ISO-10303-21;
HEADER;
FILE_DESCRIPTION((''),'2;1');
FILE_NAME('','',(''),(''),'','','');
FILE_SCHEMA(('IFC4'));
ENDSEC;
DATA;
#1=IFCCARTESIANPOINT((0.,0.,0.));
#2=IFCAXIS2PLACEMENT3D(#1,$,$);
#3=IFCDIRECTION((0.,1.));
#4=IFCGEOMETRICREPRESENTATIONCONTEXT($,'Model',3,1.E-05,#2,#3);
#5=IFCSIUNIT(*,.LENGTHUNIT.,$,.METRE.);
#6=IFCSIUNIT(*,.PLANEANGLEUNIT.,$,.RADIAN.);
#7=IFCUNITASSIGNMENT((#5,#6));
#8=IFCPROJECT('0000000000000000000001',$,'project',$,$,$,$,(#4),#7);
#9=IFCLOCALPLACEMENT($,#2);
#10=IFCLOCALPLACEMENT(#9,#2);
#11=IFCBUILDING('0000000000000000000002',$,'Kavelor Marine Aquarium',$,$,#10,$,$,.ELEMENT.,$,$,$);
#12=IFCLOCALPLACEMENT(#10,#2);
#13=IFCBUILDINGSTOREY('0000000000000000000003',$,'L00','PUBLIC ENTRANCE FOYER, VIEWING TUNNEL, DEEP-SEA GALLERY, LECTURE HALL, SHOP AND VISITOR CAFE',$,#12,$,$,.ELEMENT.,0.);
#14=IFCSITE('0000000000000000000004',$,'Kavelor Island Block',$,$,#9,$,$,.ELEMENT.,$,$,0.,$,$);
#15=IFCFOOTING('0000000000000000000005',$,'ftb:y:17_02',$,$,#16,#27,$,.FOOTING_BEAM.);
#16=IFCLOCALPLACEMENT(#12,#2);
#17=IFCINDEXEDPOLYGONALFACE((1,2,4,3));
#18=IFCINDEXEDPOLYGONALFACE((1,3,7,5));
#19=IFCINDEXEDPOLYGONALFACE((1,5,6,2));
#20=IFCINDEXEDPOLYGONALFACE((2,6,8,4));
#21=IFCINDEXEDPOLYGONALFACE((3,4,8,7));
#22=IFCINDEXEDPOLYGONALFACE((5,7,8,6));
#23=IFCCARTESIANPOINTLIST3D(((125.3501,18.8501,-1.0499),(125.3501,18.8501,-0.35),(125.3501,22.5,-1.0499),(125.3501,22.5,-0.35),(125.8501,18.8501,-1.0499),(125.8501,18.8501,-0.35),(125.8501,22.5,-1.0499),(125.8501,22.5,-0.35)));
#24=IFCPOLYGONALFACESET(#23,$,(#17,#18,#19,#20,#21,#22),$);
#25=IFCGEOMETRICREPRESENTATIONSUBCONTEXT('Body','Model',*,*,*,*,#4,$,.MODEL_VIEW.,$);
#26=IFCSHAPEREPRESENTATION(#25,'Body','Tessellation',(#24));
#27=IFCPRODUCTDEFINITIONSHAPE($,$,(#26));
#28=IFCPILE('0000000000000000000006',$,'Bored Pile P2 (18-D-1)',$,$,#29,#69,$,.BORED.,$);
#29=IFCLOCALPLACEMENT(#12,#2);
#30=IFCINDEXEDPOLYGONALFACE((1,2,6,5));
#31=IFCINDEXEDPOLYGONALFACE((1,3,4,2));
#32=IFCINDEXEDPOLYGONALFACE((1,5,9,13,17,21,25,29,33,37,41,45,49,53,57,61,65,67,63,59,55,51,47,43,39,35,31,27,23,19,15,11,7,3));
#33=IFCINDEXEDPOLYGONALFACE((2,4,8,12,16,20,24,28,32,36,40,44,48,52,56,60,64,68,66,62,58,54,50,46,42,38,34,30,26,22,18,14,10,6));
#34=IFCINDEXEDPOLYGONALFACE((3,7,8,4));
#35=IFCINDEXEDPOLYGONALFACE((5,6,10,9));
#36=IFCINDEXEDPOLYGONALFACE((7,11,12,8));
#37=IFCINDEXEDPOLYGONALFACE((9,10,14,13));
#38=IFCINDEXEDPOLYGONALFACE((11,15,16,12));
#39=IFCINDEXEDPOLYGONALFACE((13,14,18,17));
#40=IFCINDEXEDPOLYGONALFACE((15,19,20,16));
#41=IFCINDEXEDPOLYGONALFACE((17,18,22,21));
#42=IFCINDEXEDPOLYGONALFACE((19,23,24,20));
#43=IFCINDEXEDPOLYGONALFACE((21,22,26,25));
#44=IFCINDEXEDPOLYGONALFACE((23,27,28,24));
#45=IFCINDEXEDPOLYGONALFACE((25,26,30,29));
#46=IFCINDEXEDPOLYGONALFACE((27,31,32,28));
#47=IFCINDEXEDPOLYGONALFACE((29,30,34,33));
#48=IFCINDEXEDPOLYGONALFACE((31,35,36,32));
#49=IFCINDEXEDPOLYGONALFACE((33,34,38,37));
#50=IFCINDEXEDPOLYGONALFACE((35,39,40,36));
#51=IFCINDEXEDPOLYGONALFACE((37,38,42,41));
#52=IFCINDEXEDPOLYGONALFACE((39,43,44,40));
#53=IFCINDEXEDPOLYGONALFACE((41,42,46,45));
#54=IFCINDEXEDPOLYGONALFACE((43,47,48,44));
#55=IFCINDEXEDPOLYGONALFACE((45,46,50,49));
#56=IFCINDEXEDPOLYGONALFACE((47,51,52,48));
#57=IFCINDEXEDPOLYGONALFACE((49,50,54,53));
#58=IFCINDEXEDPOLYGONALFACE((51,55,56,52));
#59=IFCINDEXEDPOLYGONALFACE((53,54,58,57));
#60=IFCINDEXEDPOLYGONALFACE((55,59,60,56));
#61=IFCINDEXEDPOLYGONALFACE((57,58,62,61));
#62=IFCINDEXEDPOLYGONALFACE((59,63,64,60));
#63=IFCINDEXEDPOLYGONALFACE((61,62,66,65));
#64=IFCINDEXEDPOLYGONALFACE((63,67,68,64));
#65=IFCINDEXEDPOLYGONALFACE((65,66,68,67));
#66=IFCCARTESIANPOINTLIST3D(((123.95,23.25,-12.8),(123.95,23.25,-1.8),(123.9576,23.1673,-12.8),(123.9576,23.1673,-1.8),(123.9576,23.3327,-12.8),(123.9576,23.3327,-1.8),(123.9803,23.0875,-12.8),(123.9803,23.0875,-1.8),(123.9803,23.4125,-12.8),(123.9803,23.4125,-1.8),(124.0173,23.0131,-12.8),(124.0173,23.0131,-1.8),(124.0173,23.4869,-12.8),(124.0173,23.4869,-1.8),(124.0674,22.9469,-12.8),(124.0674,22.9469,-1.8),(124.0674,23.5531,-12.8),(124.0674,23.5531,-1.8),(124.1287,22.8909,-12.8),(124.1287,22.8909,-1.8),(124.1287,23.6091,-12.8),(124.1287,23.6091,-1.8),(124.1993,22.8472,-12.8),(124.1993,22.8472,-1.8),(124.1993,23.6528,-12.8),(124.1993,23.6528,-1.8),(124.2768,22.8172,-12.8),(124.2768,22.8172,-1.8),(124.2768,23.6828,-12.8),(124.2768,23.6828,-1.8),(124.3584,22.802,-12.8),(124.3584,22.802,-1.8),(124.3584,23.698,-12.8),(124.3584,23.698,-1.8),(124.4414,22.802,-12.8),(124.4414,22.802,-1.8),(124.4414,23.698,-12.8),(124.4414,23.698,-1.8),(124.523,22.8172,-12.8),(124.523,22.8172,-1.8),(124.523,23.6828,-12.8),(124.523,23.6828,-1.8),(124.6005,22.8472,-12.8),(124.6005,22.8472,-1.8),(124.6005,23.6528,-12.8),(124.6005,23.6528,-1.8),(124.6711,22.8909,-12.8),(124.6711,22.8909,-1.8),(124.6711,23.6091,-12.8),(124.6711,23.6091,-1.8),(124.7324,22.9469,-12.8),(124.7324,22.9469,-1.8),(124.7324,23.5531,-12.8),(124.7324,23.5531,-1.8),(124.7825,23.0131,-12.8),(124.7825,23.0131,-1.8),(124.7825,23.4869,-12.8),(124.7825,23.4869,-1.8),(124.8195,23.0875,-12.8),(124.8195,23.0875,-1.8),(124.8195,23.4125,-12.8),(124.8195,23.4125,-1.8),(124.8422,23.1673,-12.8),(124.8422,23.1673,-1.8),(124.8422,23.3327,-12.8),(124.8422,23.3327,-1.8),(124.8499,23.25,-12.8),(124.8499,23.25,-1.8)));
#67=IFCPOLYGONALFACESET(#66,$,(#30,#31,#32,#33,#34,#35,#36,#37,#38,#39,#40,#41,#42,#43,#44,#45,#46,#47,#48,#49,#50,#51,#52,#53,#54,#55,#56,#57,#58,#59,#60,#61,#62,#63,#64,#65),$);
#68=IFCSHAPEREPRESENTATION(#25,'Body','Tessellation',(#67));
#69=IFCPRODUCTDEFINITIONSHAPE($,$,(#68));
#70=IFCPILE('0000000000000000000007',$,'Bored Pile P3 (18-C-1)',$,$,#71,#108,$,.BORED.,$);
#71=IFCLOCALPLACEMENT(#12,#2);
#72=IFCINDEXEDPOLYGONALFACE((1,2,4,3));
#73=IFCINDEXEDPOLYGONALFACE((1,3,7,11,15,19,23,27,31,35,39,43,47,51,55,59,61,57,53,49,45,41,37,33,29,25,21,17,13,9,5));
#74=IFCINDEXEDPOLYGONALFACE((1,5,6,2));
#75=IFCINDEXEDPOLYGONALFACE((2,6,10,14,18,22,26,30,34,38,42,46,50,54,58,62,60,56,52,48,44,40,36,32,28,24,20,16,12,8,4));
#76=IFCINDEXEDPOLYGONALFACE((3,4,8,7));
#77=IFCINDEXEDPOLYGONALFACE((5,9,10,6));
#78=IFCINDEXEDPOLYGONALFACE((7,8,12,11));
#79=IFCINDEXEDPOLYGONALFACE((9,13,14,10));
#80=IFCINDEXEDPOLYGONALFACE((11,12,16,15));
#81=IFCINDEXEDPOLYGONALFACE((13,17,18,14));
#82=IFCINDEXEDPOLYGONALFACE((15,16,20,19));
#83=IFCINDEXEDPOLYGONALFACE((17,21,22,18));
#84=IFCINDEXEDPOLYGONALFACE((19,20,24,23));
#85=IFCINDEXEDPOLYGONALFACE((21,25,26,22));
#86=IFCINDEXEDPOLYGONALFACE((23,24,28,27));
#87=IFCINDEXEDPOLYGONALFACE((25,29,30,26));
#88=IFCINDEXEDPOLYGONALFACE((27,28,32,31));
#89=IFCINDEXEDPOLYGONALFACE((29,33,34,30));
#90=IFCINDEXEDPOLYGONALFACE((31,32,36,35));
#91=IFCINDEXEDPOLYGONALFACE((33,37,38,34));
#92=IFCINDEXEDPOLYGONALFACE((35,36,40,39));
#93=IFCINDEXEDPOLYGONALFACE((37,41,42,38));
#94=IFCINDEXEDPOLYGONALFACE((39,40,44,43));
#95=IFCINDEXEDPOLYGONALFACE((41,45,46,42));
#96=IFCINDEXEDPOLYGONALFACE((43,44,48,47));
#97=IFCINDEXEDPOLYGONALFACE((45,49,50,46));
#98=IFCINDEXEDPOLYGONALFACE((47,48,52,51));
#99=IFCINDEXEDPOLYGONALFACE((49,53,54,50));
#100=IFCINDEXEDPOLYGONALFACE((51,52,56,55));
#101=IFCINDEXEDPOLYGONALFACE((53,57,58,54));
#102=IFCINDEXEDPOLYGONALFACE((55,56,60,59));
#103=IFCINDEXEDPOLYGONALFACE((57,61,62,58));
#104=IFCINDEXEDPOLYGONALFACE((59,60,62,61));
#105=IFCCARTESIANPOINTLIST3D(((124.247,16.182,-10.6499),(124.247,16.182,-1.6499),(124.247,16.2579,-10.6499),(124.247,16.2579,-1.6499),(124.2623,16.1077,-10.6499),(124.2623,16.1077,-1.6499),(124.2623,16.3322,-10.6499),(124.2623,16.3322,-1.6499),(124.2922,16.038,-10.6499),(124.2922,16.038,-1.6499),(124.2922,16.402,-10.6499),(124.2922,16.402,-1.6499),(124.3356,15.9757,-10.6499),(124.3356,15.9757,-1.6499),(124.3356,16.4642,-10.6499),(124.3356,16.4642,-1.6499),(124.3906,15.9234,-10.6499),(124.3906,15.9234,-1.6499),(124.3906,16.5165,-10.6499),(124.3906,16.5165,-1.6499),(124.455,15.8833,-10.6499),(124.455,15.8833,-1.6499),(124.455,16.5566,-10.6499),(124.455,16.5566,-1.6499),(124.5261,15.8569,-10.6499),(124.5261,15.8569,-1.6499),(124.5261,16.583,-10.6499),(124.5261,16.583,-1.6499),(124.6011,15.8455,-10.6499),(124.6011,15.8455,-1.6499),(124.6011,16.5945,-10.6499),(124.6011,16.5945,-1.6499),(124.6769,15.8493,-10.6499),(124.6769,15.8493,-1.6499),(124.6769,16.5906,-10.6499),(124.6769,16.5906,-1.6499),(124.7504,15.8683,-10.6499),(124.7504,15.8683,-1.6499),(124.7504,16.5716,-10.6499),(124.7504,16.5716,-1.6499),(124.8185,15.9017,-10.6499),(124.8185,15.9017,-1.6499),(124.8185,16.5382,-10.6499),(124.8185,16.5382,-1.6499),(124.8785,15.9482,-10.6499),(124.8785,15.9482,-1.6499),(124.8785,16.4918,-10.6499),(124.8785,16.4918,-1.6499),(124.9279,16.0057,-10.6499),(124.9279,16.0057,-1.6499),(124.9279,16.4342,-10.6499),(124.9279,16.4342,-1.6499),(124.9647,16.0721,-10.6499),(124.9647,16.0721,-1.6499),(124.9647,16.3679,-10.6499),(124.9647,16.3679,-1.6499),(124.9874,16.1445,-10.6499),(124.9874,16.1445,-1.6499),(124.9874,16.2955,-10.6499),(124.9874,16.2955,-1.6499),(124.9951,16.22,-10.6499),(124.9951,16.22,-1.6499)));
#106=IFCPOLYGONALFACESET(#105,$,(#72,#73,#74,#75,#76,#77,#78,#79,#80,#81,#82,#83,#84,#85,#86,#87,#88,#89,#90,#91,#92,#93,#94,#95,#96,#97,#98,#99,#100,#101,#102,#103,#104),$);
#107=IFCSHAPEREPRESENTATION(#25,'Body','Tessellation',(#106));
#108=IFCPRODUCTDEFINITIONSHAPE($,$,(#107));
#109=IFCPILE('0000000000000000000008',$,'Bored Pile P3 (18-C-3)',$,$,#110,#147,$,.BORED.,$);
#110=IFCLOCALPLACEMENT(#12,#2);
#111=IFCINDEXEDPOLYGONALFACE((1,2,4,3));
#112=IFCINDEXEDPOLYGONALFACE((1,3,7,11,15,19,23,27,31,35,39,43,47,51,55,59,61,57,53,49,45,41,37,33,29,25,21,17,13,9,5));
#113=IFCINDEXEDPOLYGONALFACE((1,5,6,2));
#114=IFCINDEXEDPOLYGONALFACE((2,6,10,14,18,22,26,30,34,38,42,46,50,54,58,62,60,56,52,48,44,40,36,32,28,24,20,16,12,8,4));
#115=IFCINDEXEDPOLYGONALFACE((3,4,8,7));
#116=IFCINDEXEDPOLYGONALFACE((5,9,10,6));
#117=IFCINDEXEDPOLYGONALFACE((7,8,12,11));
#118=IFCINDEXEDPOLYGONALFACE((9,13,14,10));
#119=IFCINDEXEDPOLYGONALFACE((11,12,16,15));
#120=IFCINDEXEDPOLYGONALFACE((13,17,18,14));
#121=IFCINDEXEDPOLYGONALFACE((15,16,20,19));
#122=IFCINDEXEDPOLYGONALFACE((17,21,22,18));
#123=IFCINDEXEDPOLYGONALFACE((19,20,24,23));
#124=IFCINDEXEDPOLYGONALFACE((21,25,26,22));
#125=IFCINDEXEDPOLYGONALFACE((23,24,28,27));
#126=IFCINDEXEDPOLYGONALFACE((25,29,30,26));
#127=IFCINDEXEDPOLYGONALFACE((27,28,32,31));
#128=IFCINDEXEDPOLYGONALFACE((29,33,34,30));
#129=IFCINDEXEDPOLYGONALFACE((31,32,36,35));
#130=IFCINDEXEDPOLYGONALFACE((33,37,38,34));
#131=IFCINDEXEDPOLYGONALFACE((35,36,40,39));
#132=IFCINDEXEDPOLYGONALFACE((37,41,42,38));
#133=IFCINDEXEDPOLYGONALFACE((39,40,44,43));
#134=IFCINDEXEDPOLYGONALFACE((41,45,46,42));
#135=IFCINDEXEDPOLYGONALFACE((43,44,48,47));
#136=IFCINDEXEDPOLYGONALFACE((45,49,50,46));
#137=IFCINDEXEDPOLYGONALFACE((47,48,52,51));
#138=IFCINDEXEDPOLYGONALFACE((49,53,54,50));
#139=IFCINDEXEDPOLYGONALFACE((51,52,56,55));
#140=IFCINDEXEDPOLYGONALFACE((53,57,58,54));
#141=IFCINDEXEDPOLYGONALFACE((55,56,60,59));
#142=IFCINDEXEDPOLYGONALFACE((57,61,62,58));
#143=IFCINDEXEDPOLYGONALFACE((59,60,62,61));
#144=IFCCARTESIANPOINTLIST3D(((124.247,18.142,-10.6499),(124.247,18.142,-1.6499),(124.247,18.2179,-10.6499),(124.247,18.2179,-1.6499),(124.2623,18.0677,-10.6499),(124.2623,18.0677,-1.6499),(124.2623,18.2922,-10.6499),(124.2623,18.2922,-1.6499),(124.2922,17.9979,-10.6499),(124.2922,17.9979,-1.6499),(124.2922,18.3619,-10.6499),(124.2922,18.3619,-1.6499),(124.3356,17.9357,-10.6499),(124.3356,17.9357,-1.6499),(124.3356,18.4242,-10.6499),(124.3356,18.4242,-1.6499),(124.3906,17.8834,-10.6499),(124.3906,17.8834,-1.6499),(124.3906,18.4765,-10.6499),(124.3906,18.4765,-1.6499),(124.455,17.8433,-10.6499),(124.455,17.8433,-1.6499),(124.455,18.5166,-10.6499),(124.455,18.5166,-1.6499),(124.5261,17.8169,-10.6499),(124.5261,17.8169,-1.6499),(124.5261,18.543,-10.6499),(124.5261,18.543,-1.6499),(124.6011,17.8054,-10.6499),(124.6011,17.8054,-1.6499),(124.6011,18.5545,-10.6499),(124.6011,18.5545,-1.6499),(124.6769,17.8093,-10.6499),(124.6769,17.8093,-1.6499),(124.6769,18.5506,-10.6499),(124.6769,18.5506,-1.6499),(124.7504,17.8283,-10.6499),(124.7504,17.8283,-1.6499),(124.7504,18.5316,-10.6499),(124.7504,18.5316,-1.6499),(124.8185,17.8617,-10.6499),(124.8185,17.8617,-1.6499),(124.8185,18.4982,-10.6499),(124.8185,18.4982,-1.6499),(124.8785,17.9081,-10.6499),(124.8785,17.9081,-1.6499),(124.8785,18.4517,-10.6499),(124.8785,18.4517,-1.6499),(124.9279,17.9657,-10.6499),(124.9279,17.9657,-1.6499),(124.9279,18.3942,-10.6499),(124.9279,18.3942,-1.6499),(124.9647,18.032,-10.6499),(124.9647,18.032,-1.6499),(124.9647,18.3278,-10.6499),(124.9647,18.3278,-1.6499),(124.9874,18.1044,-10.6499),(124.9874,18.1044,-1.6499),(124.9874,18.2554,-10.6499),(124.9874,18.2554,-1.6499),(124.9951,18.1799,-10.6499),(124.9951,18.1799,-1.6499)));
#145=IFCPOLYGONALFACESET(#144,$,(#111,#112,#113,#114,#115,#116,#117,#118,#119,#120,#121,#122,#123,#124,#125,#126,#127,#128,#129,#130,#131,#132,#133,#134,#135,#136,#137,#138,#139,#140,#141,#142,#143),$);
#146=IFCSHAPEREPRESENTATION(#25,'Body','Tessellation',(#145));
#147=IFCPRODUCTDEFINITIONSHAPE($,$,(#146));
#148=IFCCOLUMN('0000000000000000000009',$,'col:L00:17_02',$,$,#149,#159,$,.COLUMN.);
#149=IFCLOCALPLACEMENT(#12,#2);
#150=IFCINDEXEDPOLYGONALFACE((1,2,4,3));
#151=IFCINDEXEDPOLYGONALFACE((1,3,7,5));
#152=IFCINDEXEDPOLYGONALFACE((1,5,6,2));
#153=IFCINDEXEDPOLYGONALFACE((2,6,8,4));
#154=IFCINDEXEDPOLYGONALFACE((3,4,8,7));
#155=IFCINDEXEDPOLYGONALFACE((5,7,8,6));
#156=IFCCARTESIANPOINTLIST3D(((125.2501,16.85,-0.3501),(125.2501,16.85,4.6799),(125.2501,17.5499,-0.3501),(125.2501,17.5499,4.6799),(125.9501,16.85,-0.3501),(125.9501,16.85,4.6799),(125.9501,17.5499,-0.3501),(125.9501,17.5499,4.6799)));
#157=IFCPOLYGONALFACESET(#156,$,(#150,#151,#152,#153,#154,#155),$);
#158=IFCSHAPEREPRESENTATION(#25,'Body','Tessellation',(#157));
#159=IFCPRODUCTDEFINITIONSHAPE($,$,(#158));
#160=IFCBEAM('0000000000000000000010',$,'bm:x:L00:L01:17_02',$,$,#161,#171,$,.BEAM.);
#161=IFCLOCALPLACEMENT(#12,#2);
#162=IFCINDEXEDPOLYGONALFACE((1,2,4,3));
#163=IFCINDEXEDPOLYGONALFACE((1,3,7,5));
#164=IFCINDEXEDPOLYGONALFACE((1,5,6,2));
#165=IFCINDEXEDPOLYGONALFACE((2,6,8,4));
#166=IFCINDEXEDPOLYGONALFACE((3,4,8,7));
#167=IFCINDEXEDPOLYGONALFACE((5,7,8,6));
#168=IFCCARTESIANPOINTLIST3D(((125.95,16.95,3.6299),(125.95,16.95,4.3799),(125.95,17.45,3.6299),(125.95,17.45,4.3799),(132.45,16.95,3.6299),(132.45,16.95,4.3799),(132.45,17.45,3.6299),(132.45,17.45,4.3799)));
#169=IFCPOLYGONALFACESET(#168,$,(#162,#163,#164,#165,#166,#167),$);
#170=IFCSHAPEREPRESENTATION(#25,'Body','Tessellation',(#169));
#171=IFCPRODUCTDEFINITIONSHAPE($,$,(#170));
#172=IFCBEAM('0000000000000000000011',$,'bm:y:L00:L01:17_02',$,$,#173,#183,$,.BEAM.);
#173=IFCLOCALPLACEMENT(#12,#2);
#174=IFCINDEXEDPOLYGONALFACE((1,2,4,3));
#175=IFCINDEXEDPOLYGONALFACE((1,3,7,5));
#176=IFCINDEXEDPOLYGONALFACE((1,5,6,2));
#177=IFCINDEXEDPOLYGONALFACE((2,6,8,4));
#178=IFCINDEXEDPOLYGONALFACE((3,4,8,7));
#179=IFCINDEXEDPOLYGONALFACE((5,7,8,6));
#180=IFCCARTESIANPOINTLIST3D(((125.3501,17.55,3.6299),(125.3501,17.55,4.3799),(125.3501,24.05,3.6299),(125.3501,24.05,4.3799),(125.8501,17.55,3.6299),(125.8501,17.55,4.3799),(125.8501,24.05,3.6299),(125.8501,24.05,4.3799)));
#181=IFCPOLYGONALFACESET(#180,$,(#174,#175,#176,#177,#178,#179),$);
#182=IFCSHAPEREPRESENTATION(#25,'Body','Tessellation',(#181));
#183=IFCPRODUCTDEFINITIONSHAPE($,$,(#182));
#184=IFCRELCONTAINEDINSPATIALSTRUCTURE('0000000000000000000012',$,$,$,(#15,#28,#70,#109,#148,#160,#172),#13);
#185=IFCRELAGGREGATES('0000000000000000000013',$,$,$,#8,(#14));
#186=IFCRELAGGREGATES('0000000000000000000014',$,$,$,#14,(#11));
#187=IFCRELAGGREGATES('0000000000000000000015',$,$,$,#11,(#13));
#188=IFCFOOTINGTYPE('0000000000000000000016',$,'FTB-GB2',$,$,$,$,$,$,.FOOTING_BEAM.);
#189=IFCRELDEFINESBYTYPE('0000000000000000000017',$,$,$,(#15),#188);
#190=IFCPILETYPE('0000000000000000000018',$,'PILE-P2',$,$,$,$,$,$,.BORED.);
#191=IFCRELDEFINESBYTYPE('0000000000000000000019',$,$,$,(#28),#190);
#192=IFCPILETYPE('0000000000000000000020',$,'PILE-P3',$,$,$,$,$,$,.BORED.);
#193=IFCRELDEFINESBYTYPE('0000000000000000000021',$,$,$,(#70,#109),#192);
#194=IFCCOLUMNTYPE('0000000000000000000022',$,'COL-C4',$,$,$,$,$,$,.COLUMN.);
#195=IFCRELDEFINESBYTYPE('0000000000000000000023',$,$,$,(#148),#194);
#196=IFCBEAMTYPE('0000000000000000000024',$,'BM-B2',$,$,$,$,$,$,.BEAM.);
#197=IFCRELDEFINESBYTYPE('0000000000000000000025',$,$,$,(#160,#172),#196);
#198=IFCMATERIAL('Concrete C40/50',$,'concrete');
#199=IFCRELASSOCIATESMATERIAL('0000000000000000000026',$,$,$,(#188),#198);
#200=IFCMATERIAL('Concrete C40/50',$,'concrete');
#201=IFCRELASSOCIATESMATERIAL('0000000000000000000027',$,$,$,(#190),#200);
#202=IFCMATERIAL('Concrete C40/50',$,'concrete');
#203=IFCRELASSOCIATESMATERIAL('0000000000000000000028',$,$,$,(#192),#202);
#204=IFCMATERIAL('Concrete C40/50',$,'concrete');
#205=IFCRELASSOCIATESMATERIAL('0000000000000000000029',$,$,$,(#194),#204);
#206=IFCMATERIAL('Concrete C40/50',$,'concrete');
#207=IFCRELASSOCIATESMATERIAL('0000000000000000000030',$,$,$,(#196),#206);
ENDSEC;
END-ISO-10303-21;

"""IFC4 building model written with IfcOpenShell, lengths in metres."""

from ifc_helpers import new_model, si_unit, direction, frame, origin, origin_2d, place, context, subcontext, project, spatial, rectangle, circle, extrude, material, material_profile, profile_set, type_object, element, save


model = new_model("IFC4")

# Units and contexts
model_context = context("Model", 3, precision=1e-05, world=origin(), true_north=direction((0.0, 1.0)))
body_context = subcontext(model_context, "Body", "Model", "MODEL_VIEW")
ifc_project = project(units=[si_unit("LENGTHUNIT", "METRE"), si_unit("PLANEANGLEUNIT", "RADIAN")], contexts=[model_context])

# Site, building, storey
site_placement = place(None, origin())
site = spatial("IfcSite", under=ifc_project, at=site_placement, Name="Kavelor Island Block", CompositionType="ELEMENT", RefElevation=0.0)
building_placement = place(site_placement, origin())
building = spatial("IfcBuilding", under=site, at=building_placement, Name="Kavelor Marine Aquarium", CompositionType="ELEMENT")
storey_placement = place(building_placement, origin())
storey = spatial("IfcBuildingStorey", under=building, at=storey_placement, Name="L00", Description="PUBLIC ENTRANCE FOYER, VIEWING TUNNEL, DEEP-SEA GALLERY, LECTURE HALL, SHOP AND VISITOR CAFE", CompositionType="ELEMENT", Elevation=0.0)

# Footing
ifc_material_1 = material(Name="Concrete C40/50", Category="concrete")
ifc_material_profile_1 = material_profile(ifc_material_1, rectangle(XDim=0.5, YDim=0.7, at=origin_2d()), Name="GB 500x700")
ifc_profile_set_1 = profile_set([ifc_material_profile_1], Name="Concrete C40/50")
footing_type = type_object("IfcFootingType", Name="FTB-GB2", PredefinedType="FOOTING_BEAM", material=ifc_profile_set_1)
footing_placement = place(storey_placement, frame((125.6001, 18.8501, -0.7), z_axis=(0.0, 1.0, 0.0), x_axis=(-1.0, 0.0, 0.0)))
element("IfcFooting", 1, at=footing_placement, inside=storey, type_object=footing_type, Name="ftb:y:17_02", PredefinedType="FOOTING_BEAM", context=body_context, shape_type="SweptSolid", body=[
    extrude(rectangle(XDim=0.5, YDim=0.7, at=origin_2d()), origin(), (0.0, 0.0, 1.0), 3.6499),
])

# Piles
ifc_material_2 = material(Name="Concrete C40/50", Category="concrete")
ifc_material_profile_2 = material_profile(ifc_material_2, circle(Radius=0.45, at=origin_2d()), Name="PILE D900")
ifc_profile_set_2 = profile_set([ifc_material_profile_2], Name="Concrete C40/50")
pile_type_1 = type_object("IfcPileType", Name="PILE-P2", PredefinedType="BORED", material=ifc_profile_set_2)
pile_placement = place(storey_placement, frame((124.3999, 23.25, -1.8), z_axis=(0.0, 0.0, -1.0), x_axis=(1.0, 0.0, 0.0)))
element("IfcPile", 2, at=pile_placement, inside=storey, type_object=pile_type_1, Name="Bored Pile P2 (18-D-1)", PredefinedType="BORED", context=body_context, shape_type="SweptSolid", body=[
    extrude(circle(Radius=0.45, at=origin_2d()), origin(), (0.0, 0.0, 1.0), 11.0),
])
ifc_material_3 = material(Name="Concrete C40/50", Category="concrete")
ifc_material_profile_3 = material_profile(ifc_material_3, circle(Radius=0.375, at=origin_2d()), Name="PILE D750")
ifc_profile_set_3 = profile_set([ifc_material_profile_3], Name="Concrete C40/50")
pile_type_2 = type_object("IfcPileType", Name="PILE-P3", PredefinedType="BORED", material=ifc_profile_set_3)
for number, where, z_axis, x_axis, name in (
    (3, (124.6201, 16.22, -1.6499), (0.0, 0.0, -1.0), (1.0, 0.0, 0.0), "Bored Pile P3 (18-C-1)"),
    (4, (124.6201, 18.1799, -1.6499), (0.0, 0.0, -1.0), (1.0, 0.0, 0.0), "Bored Pile P3 (18-C-3)"),
):
    element("IfcPile", number, at=place(storey_placement, frame(where, z_axis=z_axis, x_axis=x_axis)), inside=storey, type_object=pile_type_2, Name=name, PredefinedType="BORED", context=body_context, shape_type="SweptSolid", body=[
        extrude(circle(Radius=0.375, at=origin_2d()), origin(), (0.0, 0.0, 1.0), 9.0),
    ])

# Column
ifc_material_4 = material(Name="Concrete C40/50", Category="concrete")
ifc_material_profile_4 = material_profile(ifc_material_4, rectangle(XDim=0.7, YDim=0.7, at=origin_2d()), Name="RC-COL 700x700")
ifc_profile_set_4 = profile_set([ifc_material_profile_4], Name="Concrete C40/50")
column_type = type_object("IfcColumnType", Name="COL-C4", PredefinedType="COLUMN", material=ifc_profile_set_4)
column_placement = place(storey_placement, frame((125.6001, 17.2, -0.3501), z_axis=(0.0, 0.0, 1.0), x_axis=(1.0, 0.0, 0.0)))
element("IfcColumn", 5, at=column_placement, inside=storey, type_object=column_type, Name="col:L00:17_02", PredefinedType="COLUMN", context=body_context, shape_type="SweptSolid", body=[
    extrude(rectangle(XDim=0.7, YDim=0.7, at=origin_2d()), origin(), (0.0, 0.0, 1.0), 5.03),
])

# Beams
ifc_material_5 = material(Name="Concrete C40/50", Category="concrete")
ifc_material_profile_5 = material_profile(ifc_material_5, rectangle(XDim=0.5, YDim=0.75, at=origin_2d()), Name="RC-BM 500x750")
ifc_profile_set_5 = profile_set([ifc_material_profile_5], Name="Concrete C40/50")
beam_type_1 = type_object("IfcBeamType", Name="BM-B2", PredefinedType="BEAM", material=ifc_profile_set_5)
for number, where, z_axis, x_axis, name in (
    (6, (125.95, 17.2, 4.0049), (1.0, 0.0, 0.0), (0.0, 1.0, 0.0), "bm:x:L00:L01:17_02"),
    (7, (125.6001, 17.55, 4.0049), (0.0, 1.0, 0.0), (-1.0, 0.0, 0.0), "bm:y:L00:L01:17_02"),
):
    element("IfcBeam", number, at=place(storey_placement, frame(where, z_axis=z_axis, x_axis=x_axis)), inside=storey, type_object=beam_type_1, Name=name, PredefinedType="BEAM", context=body_context, shape_type="SweptSolid", body=[
        extrude(rectangle(XDim=0.5, YDim=0.75, at=origin_2d()), origin(), (0.0, 0.0, 1.0), 6.5),
    ])

save(model, "model.ifc")
